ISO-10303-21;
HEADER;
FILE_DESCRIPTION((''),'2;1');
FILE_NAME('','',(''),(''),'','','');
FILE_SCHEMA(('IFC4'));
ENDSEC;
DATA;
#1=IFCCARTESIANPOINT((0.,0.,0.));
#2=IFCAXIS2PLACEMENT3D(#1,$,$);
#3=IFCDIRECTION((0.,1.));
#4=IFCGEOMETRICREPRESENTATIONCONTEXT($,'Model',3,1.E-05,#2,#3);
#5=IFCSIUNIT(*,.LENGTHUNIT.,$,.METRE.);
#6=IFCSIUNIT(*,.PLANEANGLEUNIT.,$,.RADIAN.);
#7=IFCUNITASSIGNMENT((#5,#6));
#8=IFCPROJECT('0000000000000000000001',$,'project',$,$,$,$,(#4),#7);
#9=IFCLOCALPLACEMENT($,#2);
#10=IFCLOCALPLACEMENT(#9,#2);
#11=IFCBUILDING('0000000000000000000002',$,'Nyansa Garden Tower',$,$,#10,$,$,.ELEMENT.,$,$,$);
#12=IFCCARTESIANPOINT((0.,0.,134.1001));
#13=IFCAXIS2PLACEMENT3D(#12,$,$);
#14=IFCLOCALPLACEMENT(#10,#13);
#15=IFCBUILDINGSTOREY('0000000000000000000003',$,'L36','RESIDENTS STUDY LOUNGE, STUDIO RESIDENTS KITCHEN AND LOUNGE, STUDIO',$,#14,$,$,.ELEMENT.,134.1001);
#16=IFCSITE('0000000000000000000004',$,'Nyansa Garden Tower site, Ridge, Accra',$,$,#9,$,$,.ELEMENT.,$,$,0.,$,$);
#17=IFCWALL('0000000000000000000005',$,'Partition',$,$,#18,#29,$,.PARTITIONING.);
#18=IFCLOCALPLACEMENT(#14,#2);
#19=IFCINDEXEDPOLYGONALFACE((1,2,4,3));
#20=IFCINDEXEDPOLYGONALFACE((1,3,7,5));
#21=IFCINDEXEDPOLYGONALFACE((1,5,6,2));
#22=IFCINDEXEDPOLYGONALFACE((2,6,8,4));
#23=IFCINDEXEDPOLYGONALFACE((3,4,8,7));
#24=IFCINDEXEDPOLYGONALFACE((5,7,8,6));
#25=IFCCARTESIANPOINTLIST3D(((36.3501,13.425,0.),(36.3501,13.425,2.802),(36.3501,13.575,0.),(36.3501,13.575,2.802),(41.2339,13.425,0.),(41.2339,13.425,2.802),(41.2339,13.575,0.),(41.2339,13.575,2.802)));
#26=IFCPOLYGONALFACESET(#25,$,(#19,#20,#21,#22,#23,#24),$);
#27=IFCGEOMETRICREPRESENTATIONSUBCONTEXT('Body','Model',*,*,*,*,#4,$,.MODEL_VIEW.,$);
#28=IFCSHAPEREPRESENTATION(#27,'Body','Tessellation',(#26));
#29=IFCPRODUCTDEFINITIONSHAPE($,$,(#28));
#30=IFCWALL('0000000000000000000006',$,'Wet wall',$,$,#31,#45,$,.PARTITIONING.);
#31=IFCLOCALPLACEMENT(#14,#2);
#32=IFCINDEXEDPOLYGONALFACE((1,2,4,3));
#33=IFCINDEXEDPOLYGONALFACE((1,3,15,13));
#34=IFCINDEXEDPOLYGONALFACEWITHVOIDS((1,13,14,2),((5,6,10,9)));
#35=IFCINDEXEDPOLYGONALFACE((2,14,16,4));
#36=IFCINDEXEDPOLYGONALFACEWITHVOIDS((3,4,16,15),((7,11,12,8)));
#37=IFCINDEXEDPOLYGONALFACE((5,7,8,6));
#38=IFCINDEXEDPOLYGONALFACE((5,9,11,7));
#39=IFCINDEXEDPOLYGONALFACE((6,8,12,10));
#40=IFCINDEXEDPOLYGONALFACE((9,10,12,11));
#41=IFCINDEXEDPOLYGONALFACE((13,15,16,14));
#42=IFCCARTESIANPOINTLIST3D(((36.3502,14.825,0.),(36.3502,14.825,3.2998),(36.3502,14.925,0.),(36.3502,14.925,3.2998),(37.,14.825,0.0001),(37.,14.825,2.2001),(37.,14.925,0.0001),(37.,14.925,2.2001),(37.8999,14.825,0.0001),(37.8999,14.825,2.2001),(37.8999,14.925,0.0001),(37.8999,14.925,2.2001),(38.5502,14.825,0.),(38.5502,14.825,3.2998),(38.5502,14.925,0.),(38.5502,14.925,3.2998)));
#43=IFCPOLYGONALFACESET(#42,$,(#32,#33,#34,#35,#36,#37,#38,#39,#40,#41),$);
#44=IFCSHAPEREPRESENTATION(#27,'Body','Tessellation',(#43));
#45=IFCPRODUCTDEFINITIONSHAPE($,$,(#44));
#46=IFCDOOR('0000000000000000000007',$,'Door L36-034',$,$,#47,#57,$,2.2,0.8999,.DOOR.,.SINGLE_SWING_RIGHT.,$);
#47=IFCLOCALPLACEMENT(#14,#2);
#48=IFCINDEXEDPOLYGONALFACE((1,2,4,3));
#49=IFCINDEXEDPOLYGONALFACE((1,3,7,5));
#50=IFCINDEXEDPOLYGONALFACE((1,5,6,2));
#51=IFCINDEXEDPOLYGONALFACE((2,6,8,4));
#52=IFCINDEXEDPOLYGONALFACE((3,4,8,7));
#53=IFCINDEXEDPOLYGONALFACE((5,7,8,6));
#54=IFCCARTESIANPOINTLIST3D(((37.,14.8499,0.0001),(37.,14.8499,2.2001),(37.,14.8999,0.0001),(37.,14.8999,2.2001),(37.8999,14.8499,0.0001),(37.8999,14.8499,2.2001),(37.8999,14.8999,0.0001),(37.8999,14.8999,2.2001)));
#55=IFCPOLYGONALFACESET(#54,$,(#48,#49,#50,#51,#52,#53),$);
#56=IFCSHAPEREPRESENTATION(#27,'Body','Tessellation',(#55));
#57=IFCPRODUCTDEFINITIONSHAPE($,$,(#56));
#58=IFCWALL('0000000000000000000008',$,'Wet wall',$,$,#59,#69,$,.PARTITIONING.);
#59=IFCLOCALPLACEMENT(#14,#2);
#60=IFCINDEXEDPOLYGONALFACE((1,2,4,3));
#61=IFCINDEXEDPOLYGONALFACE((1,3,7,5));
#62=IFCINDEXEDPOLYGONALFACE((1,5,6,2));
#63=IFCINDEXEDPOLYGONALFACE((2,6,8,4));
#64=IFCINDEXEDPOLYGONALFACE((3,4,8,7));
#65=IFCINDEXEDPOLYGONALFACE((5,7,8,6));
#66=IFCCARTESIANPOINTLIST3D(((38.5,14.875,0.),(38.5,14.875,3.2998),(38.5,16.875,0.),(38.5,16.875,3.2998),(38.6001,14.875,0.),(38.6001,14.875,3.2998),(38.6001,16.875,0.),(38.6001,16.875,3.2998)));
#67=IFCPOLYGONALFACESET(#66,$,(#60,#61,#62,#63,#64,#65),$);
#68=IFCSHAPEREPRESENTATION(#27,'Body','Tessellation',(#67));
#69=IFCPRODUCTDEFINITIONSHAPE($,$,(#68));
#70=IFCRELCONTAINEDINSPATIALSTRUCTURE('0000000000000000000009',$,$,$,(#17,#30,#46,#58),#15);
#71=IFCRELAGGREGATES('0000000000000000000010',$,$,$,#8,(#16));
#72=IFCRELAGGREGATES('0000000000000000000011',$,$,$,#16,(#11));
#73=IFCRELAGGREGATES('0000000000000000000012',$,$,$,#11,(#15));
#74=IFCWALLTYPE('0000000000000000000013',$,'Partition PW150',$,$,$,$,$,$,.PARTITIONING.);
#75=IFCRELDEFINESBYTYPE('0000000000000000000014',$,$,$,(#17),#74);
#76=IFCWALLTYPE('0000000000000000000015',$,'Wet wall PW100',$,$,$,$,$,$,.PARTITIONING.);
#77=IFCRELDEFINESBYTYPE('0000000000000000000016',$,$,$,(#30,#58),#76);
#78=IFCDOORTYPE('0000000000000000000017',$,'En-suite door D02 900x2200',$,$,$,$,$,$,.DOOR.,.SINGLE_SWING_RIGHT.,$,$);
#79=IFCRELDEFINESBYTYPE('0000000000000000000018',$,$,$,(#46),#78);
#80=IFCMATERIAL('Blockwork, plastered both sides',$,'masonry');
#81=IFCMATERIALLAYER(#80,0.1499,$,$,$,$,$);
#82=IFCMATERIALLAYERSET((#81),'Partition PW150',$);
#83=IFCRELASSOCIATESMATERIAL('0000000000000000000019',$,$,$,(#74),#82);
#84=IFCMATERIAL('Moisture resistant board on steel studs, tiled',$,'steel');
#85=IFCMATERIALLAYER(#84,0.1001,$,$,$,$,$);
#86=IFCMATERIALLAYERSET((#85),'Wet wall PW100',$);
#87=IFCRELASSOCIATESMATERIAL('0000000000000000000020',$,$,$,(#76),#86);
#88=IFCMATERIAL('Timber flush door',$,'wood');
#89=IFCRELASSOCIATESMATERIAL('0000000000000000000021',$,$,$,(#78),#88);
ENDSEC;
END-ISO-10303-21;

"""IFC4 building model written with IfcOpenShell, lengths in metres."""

from ifc_helpers import new_model, si_unit, direction, frame, frame_2d, origin, place, context, subcontext, project, spatial, rectangle, extrude, material, layer, layer_set, type_object, element, fill, save


model = new_model("IFC4")

# Units and contexts
model_context = context("Model", 3, precision=1e-05, world=origin(), true_north=direction((0.0, 1.0)))
body_context = subcontext(model_context, "Body", "Model", "MODEL_VIEW")
ifc_project = project(units=[si_unit("LENGTHUNIT", "METRE"), si_unit("PLANEANGLEUNIT", "RADIAN")], contexts=[model_context])

# Site, building, storey
site_placement = place(None, origin())
site = spatial("IfcSite", under=ifc_project, at=site_placement, Name="Nyansa Garden Tower site, Ridge, Accra", CompositionType="ELEMENT", RefElevation=0.0)
building_placement = place(site_placement, origin())
building = spatial("IfcBuilding", under=site, at=building_placement, Name="Nyansa Garden Tower", CompositionType="ELEMENT")
storey_placement = place(building_placement, frame((0.0, 0.0, 134.1001)))
storey = spatial("IfcBuildingStorey", under=building, at=storey_placement, Name="L36", Description="RESIDENTS STUDY LOUNGE, STUDIO RESIDENTS KITCHEN AND LOUNGE, STUDIO", CompositionType="ELEMENT", Elevation=134.1001)

# Shared definitions
ifc_material_1 = material(Name="Blockwork, plastered both sides", Category="masonry")
ifc_layer_1 = layer(ifc_material_1, 0.1499)
ifc_layer_set_1 = layer_set([ifc_layer_1], Name="Partition PW150")
wall_type_1 = type_object("IfcWallType", Name="Partition PW150", PredefinedType="PARTITIONING", material=ifc_layer_set_1)

# Wall
wall_1_placement = place(storey_placement, frame((36.3501, 13.5, 0.0), z_axis=(0.0, 0.0, 1.0), x_axis=(1.0, 0.0, 0.0)))
element("IfcWall", 1, at=wall_1_placement, inside=storey, type_object=wall_type_1, Name="Partition", PredefinedType="PARTITIONING", context=body_context, shape_type="SweptSolid", body=[
    extrude(rectangle(XDim=4.8838, YDim=0.1499, at=frame_2d((2.4419, 0.0))), origin(), (0.0, 0.0, 1.0), 2.802),
])

# Wall, opening, door
ifc_material_2 = material(Name="Moisture resistant board on steel studs, tiled", Category="steel")
ifc_layer_2 = layer(ifc_material_2, 0.1001)
ifc_layer_set_2 = layer_set([ifc_layer_2], Name="Wet wall PW100")
wall_type_2 = type_object("IfcWallType", Name="Wet wall PW100", PredefinedType="PARTITIONING", material=ifc_layer_set_2)
wall_2_placement = place(storey_placement, frame((36.3501, 14.875, 0.0), z_axis=(0.0, 0.0, 1.0), x_axis=(1.0, 0.0, 0.0)))
wall_2 = element("IfcWall", 2, at=wall_2_placement, inside=storey, type_object=wall_type_2, Name="Wet wall", PredefinedType="PARTITIONING", context=body_context, shape_type="SweptSolid", body=[
    extrude(rectangle(XDim=2.2, YDim=0.1001, at=frame_2d((1.1001, 0.0))), origin(), (0.0, 0.0, 1.0), 3.2998),
])
opening_1_placement = place(wall_2_placement, frame((0.6499, 0.0, 0.0)))
opening_1 = element("IfcOpeningElement", 3, at=opening_1_placement, cuts=wall_2, PredefinedType="OPENING", context=body_context, shape_type="SweptSolid", body=[
    extrude(rectangle(XDim=0.8999, YDim=2.2, at=frame_2d((0.45, 1.1001))), frame((0.0, 0.0601, 0.0), z_axis=(0.0, -1.0, 0.0), x_axis=(1.0, 0.0, 0.0)), (0.0, 0.0, 1.0), 0.1201),
])
ifc_material_3 = material(Name="Timber flush door", Category="wood")
door_type_1 = type_object("IfcDoorType", Name="En-suite door D02 900x2200", OperationType="SINGLE_SWING_RIGHT", PredefinedType="DOOR", material=ifc_material_3)
door_1_placement = place(opening_1_placement, origin())
door_1 = element("IfcDoor", 4, at=door_1_placement, inside=storey, type_object=door_type_1, Name="Door L36-034", OperationType="SINGLE_SWING_RIGHT", OverallHeight=2.2, OverallWidth=0.8999, PredefinedType="DOOR", context=body_context, shape_type="SweptSolid", body=[
    extrude(rectangle(XDim=0.8999, YDim=2.2, at=frame_2d((0.45, 1.1001))), frame((0.0, 0.0249, 0.0), z_axis=(0.0, -1.0, 0.0), x_axis=(1.0, 0.0, 0.0)), (0.0, 0.0, 1.0), 0.05),
])
fill(opening_1, door_1)

# Wall
wall_3_placement = place(storey_placement, frame((38.55, 14.875, 0.0), z_axis=(0.0, 0.0, 1.0), x_axis=(0.0, 1.0, 0.0)))
element("IfcWall", 5, at=wall_3_placement, inside=storey, type_object=wall_type_2, Name="Wet wall", PredefinedType="PARTITIONING", context=body_context, shape_type="SweptSolid", body=[
    extrude(rectangle(XDim=2.0, YDim=0.1001, at=frame_2d((1.0, 0.0))), origin(), (0.0, 0.0, 1.0), 3.2998),
])

save(model, "model.ifc")
